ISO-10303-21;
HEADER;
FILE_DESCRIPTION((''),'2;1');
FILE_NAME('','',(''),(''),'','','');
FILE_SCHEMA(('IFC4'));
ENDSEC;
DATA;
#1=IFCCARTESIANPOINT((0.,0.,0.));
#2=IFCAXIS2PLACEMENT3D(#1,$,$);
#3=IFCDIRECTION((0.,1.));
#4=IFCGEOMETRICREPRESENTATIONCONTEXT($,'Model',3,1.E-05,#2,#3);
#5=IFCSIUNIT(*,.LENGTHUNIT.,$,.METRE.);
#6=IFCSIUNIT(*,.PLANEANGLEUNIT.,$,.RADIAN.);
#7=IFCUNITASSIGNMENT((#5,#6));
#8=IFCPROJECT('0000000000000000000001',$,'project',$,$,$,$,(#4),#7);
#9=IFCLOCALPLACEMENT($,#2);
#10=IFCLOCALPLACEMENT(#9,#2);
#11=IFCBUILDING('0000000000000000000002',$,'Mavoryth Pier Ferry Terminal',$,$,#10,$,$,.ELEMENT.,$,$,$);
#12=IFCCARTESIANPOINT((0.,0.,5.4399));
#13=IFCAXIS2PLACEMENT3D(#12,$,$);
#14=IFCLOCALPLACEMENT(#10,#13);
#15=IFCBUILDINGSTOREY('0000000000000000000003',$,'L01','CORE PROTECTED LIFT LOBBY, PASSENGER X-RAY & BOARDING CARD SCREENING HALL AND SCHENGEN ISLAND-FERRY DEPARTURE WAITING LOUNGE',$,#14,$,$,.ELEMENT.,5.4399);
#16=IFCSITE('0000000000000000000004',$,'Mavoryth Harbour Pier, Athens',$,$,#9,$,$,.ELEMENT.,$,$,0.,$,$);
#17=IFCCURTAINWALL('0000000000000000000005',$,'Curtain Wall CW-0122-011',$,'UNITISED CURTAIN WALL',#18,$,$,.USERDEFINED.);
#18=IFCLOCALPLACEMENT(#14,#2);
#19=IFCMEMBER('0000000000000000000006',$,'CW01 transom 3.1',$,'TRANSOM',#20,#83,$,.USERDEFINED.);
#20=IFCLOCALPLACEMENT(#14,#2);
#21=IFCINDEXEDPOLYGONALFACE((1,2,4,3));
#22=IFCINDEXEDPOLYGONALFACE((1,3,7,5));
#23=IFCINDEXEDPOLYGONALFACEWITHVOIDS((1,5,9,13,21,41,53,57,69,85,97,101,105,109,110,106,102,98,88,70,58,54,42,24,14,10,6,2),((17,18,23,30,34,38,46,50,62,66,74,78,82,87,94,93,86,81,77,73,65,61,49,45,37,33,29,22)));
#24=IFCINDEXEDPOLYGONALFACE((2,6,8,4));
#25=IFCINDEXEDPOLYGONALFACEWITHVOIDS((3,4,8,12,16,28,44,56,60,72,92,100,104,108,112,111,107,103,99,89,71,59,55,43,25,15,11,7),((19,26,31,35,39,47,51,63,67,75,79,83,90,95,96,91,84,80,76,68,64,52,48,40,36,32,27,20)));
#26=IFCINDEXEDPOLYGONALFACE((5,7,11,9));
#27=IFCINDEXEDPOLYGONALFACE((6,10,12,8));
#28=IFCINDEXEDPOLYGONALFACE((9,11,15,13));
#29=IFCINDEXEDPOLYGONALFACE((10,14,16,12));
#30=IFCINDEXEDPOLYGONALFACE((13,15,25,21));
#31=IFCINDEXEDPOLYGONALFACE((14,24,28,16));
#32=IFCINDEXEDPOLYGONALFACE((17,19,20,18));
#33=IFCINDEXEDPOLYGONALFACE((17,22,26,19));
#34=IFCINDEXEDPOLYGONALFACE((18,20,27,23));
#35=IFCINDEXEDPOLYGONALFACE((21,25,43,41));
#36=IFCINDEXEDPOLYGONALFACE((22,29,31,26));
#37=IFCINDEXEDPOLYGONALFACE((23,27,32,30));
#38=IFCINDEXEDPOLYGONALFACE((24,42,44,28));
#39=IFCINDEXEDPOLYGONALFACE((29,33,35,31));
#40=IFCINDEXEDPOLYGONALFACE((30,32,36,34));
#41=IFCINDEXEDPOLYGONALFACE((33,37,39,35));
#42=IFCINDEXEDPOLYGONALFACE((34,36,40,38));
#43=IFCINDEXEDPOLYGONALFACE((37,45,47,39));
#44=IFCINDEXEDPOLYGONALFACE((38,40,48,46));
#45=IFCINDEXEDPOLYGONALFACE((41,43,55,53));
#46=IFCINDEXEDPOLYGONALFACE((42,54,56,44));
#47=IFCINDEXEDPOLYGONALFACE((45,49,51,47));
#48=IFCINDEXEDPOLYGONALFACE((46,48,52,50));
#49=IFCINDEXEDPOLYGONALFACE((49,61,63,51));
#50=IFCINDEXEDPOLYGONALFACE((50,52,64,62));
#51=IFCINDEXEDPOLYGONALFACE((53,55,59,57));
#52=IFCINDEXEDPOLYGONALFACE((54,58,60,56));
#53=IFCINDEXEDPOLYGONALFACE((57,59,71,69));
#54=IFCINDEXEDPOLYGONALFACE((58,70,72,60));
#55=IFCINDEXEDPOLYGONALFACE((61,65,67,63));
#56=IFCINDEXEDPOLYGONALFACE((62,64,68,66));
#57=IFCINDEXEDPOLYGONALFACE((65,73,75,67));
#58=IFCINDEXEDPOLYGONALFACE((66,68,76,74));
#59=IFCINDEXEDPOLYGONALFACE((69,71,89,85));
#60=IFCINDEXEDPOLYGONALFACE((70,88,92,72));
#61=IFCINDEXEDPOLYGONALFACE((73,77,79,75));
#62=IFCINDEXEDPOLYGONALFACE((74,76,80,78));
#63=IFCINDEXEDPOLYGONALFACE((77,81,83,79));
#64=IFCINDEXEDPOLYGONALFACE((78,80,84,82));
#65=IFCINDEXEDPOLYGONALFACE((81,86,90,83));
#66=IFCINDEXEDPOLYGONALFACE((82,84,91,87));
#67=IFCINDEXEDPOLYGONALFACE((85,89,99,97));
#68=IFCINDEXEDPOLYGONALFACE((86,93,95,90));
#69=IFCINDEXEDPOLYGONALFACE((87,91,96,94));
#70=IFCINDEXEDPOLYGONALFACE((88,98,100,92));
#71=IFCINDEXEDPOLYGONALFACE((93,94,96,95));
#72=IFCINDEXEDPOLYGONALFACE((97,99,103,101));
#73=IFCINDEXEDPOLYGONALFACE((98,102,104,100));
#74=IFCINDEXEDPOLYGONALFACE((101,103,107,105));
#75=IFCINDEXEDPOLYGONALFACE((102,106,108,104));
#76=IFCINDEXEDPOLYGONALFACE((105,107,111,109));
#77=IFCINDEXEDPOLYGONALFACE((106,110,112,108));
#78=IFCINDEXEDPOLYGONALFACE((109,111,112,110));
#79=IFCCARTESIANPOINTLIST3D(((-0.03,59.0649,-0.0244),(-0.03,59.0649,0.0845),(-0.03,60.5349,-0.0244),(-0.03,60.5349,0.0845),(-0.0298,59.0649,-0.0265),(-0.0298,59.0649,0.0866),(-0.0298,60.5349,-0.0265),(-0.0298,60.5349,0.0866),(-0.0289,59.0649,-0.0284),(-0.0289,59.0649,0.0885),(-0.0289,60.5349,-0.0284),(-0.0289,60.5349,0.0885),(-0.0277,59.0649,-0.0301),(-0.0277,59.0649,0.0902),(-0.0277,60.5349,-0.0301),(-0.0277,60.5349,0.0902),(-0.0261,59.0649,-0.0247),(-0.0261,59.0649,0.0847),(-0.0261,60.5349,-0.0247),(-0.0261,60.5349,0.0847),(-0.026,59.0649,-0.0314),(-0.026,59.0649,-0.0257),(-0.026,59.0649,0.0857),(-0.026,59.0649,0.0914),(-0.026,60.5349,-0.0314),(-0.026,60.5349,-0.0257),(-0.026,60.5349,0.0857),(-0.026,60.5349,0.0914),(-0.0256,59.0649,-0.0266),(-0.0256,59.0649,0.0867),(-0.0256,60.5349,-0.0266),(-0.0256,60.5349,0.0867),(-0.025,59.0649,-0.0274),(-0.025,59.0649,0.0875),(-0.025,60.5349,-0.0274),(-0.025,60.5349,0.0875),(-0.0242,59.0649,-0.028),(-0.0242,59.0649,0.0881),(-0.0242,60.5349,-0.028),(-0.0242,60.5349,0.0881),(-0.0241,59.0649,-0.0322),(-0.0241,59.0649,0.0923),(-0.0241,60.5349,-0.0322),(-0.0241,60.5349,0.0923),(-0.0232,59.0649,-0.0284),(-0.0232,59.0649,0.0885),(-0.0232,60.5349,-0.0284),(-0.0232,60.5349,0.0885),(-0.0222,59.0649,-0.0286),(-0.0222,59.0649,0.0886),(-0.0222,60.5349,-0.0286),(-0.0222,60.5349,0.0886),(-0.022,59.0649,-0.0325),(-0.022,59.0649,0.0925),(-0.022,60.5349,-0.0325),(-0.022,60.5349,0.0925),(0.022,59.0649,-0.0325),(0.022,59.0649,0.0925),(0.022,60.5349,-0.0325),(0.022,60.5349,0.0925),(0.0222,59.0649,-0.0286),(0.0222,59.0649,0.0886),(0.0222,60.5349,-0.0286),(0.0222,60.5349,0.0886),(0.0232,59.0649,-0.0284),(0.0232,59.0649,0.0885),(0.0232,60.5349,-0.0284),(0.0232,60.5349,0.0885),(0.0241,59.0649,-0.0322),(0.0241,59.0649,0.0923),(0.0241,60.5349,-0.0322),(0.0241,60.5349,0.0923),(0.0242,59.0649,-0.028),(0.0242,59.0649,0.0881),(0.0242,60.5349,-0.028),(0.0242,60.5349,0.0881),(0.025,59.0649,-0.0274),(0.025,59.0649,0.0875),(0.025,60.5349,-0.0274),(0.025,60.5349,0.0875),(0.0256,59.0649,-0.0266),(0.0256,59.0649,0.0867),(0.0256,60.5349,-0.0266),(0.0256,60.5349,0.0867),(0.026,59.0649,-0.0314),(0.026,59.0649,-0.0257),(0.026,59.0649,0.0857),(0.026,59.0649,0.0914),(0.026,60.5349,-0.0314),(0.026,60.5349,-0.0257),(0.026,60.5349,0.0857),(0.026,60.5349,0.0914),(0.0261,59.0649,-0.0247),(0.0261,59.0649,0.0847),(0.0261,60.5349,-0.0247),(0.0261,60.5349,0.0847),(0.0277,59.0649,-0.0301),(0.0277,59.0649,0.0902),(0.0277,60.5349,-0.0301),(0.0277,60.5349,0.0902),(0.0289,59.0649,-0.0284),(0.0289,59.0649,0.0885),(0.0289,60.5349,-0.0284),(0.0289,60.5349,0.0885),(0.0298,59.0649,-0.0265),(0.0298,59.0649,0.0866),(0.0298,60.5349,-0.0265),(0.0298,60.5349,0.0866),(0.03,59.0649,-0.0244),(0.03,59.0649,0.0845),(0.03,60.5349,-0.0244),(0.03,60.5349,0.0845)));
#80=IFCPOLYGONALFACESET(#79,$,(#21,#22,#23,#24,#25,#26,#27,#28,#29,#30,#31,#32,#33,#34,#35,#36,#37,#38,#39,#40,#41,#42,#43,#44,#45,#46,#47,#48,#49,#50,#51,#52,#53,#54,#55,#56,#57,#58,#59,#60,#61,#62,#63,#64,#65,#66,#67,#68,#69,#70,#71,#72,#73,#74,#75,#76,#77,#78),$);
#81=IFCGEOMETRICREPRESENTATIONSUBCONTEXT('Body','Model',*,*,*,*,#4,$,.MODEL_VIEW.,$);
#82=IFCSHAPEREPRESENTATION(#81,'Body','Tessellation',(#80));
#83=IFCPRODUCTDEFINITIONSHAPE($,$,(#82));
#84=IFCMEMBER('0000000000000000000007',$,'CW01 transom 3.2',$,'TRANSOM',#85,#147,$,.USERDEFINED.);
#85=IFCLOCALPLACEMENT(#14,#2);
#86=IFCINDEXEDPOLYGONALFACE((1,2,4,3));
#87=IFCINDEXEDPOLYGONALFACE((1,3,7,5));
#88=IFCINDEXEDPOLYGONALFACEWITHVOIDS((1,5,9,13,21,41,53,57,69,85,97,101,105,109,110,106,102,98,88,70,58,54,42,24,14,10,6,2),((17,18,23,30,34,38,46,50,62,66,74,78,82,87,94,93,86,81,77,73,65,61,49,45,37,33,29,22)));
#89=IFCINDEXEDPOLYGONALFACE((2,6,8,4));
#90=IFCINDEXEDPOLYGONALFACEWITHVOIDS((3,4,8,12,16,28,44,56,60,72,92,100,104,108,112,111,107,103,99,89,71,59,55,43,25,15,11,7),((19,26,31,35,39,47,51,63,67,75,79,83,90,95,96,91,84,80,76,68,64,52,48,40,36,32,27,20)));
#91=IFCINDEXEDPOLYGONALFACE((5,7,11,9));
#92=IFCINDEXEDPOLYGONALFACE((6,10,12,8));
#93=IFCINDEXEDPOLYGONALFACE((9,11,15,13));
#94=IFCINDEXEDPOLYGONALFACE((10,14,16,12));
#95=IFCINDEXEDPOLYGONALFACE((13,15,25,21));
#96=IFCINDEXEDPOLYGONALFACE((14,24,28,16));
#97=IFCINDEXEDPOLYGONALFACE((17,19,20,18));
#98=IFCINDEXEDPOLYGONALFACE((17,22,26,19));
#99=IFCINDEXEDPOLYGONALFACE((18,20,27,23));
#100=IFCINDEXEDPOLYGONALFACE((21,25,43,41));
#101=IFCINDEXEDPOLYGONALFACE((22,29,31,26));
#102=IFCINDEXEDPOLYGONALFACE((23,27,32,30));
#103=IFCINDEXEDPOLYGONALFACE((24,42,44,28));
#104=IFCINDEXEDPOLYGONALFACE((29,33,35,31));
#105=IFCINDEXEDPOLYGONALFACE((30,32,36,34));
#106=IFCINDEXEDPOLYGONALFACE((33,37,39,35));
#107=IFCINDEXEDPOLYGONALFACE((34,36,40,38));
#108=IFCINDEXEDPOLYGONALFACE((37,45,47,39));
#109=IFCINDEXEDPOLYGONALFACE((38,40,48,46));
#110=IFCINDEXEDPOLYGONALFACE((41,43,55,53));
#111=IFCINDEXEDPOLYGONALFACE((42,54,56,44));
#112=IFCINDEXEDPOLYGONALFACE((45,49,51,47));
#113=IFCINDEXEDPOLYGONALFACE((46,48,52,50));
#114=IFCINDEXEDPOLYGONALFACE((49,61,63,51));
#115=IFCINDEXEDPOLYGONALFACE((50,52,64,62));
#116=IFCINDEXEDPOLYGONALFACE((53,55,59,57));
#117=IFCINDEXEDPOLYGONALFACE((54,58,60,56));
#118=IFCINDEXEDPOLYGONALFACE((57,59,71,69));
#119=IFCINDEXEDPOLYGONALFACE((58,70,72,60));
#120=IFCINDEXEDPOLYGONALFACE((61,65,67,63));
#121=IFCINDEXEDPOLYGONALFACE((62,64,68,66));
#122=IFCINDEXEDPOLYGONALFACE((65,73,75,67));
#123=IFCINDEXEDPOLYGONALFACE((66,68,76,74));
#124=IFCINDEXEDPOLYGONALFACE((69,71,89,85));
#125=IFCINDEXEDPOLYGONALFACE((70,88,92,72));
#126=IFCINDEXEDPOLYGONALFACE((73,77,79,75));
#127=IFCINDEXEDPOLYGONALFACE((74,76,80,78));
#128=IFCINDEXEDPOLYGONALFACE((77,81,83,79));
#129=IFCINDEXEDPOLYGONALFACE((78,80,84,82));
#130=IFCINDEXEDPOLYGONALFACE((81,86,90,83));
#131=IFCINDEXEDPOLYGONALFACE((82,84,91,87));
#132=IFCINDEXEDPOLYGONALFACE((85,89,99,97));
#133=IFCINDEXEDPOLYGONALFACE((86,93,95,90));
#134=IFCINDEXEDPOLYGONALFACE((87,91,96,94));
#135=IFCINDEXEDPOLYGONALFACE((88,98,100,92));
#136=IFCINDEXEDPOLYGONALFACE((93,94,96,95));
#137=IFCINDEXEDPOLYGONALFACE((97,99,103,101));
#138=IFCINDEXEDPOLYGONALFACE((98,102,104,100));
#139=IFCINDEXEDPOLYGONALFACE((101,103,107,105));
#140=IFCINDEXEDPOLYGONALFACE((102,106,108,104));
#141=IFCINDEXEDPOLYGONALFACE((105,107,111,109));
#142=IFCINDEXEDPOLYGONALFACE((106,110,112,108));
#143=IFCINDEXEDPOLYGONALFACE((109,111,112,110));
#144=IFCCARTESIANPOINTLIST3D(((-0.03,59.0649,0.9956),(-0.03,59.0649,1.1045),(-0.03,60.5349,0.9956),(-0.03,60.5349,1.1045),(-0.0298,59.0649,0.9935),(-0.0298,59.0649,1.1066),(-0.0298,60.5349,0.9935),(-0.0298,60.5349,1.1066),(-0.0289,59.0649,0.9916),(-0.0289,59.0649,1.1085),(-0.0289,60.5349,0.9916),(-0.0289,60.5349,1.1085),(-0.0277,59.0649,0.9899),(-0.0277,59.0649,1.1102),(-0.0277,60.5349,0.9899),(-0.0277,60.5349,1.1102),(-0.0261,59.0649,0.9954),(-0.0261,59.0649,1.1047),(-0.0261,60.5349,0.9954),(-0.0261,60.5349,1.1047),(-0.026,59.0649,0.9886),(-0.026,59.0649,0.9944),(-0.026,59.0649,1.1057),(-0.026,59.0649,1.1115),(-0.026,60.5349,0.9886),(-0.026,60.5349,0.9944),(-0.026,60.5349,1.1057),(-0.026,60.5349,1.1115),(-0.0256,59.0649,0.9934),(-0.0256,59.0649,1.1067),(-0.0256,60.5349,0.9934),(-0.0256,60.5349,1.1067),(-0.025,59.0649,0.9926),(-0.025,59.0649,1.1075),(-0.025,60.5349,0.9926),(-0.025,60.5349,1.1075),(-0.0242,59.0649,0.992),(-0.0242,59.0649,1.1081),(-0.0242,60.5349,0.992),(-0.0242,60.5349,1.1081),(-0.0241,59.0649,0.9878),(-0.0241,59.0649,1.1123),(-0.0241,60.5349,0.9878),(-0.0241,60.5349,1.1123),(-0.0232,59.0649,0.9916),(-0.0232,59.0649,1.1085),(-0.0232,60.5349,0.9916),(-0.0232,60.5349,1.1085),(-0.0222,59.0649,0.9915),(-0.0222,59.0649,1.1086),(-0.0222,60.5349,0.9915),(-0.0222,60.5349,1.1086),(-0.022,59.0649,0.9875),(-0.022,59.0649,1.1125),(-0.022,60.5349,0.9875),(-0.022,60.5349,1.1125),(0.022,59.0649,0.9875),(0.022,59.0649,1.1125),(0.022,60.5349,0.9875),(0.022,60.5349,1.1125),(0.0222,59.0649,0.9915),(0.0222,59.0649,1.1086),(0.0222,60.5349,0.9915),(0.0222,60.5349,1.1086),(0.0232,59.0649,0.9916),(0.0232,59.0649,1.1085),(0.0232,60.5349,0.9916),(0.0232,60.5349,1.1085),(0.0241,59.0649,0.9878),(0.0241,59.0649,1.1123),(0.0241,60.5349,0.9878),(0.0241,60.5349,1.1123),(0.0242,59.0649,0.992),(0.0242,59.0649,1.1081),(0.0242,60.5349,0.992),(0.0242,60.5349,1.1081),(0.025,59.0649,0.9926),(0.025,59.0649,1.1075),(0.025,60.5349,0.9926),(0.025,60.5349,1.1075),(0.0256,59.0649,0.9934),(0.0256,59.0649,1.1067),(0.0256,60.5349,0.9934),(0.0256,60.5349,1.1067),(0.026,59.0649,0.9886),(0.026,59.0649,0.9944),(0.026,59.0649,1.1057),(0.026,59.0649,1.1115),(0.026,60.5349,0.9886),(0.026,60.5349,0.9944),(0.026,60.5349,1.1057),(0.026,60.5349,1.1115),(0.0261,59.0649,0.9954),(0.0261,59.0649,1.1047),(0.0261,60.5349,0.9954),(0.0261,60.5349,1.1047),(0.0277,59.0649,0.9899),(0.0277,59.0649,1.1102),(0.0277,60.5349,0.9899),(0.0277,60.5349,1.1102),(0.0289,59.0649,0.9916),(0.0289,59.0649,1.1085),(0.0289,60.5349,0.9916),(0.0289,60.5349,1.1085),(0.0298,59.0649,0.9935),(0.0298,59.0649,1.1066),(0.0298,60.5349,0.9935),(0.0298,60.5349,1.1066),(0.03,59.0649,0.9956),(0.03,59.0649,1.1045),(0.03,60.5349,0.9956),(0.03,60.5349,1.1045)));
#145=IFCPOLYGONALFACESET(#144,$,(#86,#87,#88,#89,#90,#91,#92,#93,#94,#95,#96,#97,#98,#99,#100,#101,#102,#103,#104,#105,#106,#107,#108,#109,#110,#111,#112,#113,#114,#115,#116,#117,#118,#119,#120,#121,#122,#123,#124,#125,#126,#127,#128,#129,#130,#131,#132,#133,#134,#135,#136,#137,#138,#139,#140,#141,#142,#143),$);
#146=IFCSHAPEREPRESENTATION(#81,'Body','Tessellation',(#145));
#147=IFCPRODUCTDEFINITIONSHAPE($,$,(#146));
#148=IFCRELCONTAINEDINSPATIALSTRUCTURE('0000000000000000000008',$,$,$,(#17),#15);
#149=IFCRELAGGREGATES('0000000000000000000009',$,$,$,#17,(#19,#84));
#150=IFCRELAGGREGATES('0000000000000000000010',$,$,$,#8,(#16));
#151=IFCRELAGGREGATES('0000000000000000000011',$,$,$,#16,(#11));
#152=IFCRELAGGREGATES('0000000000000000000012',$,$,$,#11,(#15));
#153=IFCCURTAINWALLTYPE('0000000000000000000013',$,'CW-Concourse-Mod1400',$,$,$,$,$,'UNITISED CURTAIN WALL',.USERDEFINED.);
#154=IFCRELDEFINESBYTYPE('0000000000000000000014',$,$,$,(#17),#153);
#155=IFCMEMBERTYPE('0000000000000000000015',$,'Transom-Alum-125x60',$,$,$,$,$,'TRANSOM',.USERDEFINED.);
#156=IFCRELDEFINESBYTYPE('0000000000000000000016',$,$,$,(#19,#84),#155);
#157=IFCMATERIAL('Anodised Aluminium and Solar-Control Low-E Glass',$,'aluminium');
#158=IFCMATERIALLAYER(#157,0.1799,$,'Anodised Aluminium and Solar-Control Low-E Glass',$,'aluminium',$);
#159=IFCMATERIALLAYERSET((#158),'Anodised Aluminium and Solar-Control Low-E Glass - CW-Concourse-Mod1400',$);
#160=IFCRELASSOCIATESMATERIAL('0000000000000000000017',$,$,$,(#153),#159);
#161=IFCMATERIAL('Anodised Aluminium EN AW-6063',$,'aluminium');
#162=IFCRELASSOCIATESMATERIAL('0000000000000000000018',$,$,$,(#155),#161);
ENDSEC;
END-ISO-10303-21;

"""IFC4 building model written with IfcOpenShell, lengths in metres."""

from ifc_helpers import new_model, si_unit, direction, frame, origin, origin_2d, place, context, subcontext, project, spatial, hollow_rectangle, extrude, material, layer, layer_set, material_profile, profile_set, type_object, element, aggregate, save


model = new_model("IFC4")

# Units and contexts
model_context = context("Model", 3, precision=1e-05, world=origin(), true_north=direction((0.0, 1.0)))
body_context = subcontext(model_context, "Body", "Model", "MODEL_VIEW")
ifc_project = project(units=[si_unit("LENGTHUNIT", "METRE"), si_unit("PLANEANGLEUNIT", "RADIAN")], contexts=[model_context])

# Site, building, storey
site_placement = place(None, origin())
site = spatial("IfcSite", under=ifc_project, at=site_placement, Name="Mavoryth Harbour Pier, Athens", CompositionType="ELEMENT", RefElevation=0.0)
building_placement = place(site_placement, origin())
building = spatial("IfcBuilding", under=site, at=building_placement, Name="Mavoryth Pier Ferry Terminal", CompositionType="ELEMENT")
storey_placement = place(building_placement, frame((0.0, 0.0, 5.4399)))
storey = spatial("IfcBuildingStorey", under=building, at=storey_placement, Name="L01", Description="CORE PROTECTED LIFT LOBBY, PASSENGER X-RAY & BOARDING CARD SCREENING HALL AND SCHENGEN ISLAND-FERRY DEPARTURE WAITING LOUNGE", CompositionType="ELEMENT", Elevation=5.4399)

# Curtain wall, members
ifc_material_1 = material(Name="Anodised Aluminium and Solar-Control Low-E Glass", Category="aluminium")
ifc_layer_1 = layer(ifc_material_1, 0.1799, Name="Anodised Aluminium and Solar-Control Low-E Glass", Category="aluminium")
ifc_layer_set_1 = layer_set([ifc_layer_1], Name="Anodised Aluminium and Solar-Control Low-E Glass - CW-Concourse-Mod1400")
curtain_wall_type = type_object("IfcCurtainWallType", Name="CW-Concourse-Mod1400", ElementType="UNITISED CURTAIN WALL", PredefinedType="USERDEFINED", material=ifc_layer_set_1)
curtain_wall_placement = place(storey_placement, origin())
curtain_wall = element("IfcCurtainWall", 1, at=curtain_wall_placement, inside=storey, type_object=curtain_wall_type, Name="Curtain Wall CW-0122-011", ObjectType="UNITISED CURTAIN WALL", PredefinedType="USERDEFINED")
ifc_material_2 = material(Name="Anodised Aluminium EN AW-6063", Category="aluminium")
ifc_material_profile_1 = material_profile(ifc_material_2, hollow_rectangle(XDim=0.0601, YDim=0.125, WallThickness=0.0039, InnerFilletRadius=0.0039, OuterFilletRadius=0.0081, at=origin_2d()), Name="AL-TRAN 125x60x4", Category="aluminium")
ifc_profile_set_1 = profile_set([ifc_material_profile_1], Name="Anodised Aluminium EN AW-6063 - AL-TRAN 125x60x4")
member_type_1 = type_object("IfcMemberType", Name="Transom-Alum-125x60", ElementType="TRANSOM", PredefinedType="USERDEFINED", material=ifc_profile_set_1)
member_1_placement = place(storey_placement, frame((0.0, 60.5349, 0.03), z_axis=(0.0, -1.0, 0.0), x_axis=(1.0, 0.0, 0.0)))
member_1 = element("IfcMember", 2, at=member_1_placement, type_object=member_type_1, Name="CW01 transom 3.1", ObjectType="TRANSOM", PredefinedType="USERDEFINED", context=body_context, shape_type="SweptSolid", body=[
    extrude(hollow_rectangle(XDim=0.0601, YDim=0.125, WallThickness=0.0039, InnerFilletRadius=0.0039, OuterFilletRadius=0.0081, at=origin_2d()), origin(), (0.0, 0.0, 1.0), 1.47),
])
member_2_placement = place(storey_placement, frame((0.0, 60.5349, 1.05), z_axis=(0.0, -1.0, 0.0), x_axis=(1.0, 0.0, 0.0)))
member_2 = element("IfcMember", 3, at=member_2_placement, type_object=member_type_1, Name="CW01 transom 3.2", ObjectType="TRANSOM", PredefinedType="USERDEFINED", context=body_context, shape_type="SweptSolid", body=[
    extrude(hollow_rectangle(XDim=0.0601, YDim=0.125, WallThickness=0.0039, InnerFilletRadius=0.0039, OuterFilletRadius=0.0081, at=origin_2d()), origin(), (0.0, 0.0, 1.0), 1.47),
])
aggregate(curtain_wall, [member_1, member_2])

save(model, "model.ifc")
